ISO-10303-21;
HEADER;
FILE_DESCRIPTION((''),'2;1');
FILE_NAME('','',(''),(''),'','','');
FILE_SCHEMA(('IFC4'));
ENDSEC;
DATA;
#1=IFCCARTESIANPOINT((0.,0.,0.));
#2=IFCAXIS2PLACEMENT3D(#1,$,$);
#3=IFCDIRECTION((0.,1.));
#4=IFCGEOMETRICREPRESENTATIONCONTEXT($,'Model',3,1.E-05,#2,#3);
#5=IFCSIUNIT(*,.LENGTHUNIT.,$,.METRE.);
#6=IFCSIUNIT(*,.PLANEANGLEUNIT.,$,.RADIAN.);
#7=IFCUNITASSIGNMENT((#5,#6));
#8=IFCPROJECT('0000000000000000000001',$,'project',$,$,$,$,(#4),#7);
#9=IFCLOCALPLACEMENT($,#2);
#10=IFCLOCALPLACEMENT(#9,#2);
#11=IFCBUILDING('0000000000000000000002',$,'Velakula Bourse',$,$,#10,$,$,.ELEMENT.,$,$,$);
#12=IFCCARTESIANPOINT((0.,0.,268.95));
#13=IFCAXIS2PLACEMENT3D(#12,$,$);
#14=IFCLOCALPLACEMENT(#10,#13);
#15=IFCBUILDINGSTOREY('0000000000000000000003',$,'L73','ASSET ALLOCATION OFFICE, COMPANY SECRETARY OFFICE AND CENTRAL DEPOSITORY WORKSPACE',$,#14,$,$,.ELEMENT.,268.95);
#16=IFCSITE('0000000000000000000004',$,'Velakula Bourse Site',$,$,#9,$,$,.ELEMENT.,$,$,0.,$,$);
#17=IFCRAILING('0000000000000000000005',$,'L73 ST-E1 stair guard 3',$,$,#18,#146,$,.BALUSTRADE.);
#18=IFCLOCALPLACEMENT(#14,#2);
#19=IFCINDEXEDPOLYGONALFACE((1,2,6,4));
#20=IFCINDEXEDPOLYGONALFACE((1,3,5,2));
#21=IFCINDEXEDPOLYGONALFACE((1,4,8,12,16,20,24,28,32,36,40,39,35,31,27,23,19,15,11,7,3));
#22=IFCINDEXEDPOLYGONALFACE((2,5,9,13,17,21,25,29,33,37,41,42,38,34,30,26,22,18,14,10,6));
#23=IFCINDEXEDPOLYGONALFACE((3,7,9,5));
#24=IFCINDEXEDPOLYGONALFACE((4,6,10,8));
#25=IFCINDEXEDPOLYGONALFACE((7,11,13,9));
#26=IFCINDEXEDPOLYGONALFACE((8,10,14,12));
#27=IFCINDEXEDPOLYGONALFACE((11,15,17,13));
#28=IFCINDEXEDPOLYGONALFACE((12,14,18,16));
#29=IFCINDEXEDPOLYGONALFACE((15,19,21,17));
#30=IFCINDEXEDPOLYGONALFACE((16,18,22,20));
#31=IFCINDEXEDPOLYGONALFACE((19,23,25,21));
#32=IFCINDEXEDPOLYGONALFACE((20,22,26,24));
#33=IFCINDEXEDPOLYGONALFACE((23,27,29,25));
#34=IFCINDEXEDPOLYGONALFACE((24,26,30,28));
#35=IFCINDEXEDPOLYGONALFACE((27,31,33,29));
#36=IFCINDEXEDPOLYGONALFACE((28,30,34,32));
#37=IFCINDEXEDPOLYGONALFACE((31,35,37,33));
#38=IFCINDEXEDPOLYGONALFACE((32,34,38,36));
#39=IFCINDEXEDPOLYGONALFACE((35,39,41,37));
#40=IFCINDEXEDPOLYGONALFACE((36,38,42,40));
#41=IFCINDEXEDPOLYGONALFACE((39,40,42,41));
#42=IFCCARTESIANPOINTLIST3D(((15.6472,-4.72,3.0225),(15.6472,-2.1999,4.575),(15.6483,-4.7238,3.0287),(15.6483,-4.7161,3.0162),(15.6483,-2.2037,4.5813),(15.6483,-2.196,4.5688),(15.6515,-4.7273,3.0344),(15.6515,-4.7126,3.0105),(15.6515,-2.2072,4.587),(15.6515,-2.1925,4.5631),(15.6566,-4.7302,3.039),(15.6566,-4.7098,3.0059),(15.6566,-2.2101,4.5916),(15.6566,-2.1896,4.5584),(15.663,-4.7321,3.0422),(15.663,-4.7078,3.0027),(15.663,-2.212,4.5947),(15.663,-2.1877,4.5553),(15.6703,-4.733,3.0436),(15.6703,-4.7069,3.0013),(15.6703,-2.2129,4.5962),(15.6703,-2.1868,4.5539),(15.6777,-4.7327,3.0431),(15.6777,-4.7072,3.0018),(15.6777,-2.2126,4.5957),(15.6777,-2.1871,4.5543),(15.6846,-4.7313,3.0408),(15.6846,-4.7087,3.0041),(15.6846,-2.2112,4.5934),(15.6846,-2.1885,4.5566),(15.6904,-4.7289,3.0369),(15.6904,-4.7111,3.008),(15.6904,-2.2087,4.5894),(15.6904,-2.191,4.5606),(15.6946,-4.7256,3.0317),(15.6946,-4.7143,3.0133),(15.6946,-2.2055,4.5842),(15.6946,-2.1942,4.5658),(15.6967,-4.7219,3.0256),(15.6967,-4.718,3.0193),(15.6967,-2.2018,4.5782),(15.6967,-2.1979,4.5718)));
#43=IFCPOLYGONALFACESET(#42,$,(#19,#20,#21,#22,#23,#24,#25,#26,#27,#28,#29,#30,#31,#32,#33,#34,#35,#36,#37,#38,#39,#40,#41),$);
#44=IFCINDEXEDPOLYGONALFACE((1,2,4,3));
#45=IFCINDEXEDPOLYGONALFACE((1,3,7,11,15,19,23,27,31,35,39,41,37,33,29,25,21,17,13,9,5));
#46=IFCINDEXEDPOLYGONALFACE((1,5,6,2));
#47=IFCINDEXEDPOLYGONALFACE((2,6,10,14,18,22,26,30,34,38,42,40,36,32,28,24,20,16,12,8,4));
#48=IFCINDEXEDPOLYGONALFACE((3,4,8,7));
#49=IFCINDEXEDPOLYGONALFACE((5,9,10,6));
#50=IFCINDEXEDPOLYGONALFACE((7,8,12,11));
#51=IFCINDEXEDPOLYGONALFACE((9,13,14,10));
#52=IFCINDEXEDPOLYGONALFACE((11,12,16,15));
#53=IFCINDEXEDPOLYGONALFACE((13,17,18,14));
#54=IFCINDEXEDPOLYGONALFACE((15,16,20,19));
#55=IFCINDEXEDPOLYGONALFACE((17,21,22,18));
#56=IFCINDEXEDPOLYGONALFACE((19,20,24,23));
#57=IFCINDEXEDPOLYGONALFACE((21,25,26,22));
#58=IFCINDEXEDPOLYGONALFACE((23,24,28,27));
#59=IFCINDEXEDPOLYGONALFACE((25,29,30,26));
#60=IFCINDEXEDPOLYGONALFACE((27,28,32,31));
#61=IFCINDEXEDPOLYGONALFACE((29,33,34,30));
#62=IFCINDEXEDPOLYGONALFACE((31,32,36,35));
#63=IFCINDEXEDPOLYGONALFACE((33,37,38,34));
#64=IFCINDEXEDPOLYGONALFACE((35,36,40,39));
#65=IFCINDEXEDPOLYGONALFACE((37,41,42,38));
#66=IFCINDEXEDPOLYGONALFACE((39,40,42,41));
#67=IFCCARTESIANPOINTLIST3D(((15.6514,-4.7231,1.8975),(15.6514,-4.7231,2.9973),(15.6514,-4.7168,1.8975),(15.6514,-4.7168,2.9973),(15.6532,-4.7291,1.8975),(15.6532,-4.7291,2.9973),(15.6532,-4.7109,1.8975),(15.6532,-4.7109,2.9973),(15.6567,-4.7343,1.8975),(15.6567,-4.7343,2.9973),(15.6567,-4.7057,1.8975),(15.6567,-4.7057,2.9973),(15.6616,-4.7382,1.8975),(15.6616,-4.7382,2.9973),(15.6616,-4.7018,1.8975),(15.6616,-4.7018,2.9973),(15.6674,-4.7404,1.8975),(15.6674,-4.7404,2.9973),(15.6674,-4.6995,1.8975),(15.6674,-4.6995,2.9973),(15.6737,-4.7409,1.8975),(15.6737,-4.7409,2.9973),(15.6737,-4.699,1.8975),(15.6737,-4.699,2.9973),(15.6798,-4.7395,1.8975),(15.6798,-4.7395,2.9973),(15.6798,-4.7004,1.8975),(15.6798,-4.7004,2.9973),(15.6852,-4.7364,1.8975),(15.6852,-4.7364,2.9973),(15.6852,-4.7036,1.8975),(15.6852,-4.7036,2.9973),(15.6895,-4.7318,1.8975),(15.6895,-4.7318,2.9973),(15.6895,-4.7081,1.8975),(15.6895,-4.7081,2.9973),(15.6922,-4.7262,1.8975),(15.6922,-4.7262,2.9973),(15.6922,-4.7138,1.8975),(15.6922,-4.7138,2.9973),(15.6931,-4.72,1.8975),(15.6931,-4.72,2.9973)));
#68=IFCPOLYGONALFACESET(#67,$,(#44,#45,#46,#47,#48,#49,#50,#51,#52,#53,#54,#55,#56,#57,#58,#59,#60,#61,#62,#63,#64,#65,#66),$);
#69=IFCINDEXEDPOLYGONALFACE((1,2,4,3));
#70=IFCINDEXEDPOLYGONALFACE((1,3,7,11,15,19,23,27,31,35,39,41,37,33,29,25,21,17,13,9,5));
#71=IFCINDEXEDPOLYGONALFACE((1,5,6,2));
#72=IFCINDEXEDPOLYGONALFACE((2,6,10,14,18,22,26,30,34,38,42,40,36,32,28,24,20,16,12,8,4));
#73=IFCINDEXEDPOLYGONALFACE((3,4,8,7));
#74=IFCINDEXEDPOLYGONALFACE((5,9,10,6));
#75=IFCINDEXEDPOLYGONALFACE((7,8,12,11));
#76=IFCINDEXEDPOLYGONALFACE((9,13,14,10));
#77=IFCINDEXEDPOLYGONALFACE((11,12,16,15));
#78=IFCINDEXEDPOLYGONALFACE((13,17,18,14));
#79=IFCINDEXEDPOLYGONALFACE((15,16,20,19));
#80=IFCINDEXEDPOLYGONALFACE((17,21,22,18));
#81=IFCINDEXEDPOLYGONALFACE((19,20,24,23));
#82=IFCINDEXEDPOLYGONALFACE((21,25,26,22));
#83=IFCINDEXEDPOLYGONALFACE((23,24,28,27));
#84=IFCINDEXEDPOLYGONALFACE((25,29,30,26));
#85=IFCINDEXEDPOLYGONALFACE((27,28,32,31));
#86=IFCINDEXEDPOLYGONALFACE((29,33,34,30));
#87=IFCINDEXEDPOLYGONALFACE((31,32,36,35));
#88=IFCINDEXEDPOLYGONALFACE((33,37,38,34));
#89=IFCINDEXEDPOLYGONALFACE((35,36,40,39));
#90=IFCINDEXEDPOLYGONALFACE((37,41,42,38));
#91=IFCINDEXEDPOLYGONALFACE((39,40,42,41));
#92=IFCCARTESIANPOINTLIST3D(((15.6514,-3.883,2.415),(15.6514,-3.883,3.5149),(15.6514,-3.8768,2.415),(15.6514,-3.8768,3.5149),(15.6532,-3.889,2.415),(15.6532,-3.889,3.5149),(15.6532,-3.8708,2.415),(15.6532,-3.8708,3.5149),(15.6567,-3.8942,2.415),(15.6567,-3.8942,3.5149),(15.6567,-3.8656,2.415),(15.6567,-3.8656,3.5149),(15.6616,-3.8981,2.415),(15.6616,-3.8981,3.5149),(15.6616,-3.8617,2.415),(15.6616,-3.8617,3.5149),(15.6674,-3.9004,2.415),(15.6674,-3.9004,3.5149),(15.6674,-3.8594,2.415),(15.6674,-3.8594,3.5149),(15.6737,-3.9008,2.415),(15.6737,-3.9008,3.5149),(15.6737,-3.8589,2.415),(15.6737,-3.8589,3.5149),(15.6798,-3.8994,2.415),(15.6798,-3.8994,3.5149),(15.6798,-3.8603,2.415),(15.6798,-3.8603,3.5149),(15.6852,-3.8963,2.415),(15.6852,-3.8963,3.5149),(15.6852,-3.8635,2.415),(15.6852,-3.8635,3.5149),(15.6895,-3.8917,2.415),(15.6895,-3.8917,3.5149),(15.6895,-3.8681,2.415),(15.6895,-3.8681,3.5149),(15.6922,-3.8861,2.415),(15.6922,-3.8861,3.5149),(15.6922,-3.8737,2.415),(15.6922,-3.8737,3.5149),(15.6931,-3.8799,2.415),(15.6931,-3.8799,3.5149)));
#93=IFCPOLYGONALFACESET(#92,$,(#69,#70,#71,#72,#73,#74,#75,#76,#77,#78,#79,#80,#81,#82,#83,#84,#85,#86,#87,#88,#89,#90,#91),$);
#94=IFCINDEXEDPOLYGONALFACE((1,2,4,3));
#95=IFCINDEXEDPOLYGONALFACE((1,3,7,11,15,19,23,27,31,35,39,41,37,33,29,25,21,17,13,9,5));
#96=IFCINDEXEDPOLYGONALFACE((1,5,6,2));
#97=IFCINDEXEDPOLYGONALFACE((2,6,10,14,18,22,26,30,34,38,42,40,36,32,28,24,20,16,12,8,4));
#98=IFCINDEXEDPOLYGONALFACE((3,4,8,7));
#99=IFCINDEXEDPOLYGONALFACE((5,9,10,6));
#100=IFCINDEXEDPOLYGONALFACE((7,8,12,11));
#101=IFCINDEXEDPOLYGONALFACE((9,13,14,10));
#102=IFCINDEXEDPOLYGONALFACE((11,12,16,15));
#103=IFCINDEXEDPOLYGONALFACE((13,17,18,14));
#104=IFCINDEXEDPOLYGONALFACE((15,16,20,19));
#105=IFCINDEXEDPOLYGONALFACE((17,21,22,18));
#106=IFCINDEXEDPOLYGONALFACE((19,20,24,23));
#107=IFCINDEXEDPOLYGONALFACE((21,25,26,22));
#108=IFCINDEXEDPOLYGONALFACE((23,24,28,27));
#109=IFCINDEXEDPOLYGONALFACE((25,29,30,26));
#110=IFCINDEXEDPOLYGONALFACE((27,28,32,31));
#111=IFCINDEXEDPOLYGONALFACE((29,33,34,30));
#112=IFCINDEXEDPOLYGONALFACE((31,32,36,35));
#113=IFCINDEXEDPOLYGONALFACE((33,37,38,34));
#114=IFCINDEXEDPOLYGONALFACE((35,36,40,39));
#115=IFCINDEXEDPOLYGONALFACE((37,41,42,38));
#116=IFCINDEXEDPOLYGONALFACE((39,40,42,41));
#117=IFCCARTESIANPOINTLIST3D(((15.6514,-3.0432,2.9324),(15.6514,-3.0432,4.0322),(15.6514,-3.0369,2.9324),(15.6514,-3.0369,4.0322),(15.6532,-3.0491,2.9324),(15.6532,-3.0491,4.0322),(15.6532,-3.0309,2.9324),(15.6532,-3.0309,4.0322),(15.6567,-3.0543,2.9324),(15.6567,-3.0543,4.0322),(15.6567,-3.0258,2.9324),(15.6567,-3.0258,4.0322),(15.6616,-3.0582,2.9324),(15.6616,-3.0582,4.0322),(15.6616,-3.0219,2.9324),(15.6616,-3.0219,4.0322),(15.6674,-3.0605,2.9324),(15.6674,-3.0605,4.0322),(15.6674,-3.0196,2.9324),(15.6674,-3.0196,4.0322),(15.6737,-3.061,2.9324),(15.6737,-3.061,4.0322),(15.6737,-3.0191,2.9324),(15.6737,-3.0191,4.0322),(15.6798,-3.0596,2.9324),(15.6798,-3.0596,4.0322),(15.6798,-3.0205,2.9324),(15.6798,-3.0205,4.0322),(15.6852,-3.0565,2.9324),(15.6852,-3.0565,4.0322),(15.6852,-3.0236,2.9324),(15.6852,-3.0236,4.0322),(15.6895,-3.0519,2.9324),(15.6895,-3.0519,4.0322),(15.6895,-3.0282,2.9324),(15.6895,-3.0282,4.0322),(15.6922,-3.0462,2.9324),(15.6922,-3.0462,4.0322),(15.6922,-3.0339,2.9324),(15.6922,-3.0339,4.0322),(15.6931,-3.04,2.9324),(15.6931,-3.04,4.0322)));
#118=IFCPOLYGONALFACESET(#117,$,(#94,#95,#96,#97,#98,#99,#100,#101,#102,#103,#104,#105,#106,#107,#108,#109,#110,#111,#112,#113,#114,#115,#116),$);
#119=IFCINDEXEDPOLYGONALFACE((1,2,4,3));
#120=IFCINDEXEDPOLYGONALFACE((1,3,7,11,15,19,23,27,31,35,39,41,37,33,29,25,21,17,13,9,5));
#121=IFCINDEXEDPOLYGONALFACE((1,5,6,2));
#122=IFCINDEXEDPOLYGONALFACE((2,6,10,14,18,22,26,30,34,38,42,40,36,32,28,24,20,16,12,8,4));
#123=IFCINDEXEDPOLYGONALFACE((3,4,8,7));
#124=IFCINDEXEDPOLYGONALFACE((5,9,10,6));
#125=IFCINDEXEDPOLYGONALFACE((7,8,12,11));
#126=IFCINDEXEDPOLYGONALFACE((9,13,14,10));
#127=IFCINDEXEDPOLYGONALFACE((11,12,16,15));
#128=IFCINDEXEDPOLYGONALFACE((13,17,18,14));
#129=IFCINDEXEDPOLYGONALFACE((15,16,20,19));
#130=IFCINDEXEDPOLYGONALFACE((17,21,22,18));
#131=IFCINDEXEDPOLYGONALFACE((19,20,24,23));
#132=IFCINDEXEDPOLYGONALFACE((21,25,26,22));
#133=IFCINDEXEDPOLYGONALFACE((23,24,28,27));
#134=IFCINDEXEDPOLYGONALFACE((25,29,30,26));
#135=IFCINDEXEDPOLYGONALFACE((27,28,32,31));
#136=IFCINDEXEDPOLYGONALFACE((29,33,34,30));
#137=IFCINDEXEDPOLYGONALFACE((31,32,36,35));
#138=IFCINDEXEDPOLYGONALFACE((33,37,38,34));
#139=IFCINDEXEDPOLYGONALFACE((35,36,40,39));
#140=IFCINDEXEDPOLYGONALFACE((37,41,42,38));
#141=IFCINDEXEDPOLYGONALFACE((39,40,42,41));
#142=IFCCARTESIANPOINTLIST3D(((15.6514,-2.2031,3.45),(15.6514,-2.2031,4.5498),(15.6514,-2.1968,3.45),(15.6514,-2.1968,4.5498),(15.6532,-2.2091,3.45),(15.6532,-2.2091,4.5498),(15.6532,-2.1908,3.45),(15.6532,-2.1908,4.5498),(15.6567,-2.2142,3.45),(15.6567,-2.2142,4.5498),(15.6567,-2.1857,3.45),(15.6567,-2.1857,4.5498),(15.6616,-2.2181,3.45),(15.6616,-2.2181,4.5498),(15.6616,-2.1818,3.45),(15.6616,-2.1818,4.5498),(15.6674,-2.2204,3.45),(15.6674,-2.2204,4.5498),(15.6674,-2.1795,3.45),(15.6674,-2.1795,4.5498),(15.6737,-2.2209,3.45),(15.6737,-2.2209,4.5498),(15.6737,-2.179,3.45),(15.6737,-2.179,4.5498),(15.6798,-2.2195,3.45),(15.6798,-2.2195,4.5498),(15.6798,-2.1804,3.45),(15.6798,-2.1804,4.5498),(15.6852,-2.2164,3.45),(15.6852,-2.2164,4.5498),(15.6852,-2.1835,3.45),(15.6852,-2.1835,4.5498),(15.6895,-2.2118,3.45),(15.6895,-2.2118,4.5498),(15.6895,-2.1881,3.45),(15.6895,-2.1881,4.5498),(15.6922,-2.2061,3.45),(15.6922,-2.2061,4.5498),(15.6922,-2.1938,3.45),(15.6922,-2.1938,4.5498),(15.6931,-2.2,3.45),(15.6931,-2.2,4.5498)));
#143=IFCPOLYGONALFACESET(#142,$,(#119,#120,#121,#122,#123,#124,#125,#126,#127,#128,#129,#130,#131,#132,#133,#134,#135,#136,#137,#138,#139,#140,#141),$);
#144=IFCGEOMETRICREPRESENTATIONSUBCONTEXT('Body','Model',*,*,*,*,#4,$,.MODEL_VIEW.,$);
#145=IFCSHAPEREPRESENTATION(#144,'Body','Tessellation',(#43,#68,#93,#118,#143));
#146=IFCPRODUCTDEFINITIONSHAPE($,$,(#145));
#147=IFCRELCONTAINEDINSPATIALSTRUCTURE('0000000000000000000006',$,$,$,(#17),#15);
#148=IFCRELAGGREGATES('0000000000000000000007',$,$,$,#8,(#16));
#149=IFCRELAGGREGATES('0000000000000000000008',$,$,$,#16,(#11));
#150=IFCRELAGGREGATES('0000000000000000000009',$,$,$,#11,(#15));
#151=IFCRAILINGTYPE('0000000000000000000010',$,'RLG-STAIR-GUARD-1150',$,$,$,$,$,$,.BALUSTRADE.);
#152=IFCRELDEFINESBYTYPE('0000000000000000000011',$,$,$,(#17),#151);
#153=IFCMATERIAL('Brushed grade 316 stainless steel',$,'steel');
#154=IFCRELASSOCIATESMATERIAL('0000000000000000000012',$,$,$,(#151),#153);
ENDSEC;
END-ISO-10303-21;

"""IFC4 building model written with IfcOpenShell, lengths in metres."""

from ifc_helpers import new_model, si_unit, direction, frame, origin, origin_2d, place, context, subcontext, project, spatial, circle, extrude, material, type_object, element, save


model = new_model("IFC4")

# Units and contexts
model_context = context("Model", 3, precision=1e-05, world=origin(), true_north=direction((0.0, 1.0)))
body_context = subcontext(model_context, "Body", "Model", "MODEL_VIEW")
ifc_project = project(units=[si_unit("LENGTHUNIT", "METRE"), si_unit("PLANEANGLEUNIT", "RADIAN")], contexts=[model_context])

# Site, building, storey
site_placement = place(None, origin())
site = spatial("IfcSite", under=ifc_project, at=site_placement, Name="Velakula Bourse Site", CompositionType="ELEMENT", RefElevation=0.0)
building_placement = place(site_placement, origin())
building = spatial("IfcBuilding", under=site, at=building_placement, Name="Velakula Bourse", CompositionType="ELEMENT")
storey_placement = place(building_placement, frame((0.0, 0.0, 268.95)))
storey = spatial("IfcBuildingStorey", under=building, at=storey_placement, Name="L73", Description="ASSET ALLOCATION OFFICE, COMPANY SECRETARY OFFICE AND CENTRAL DEPOSITORY WORKSPACE", CompositionType="ELEMENT", Elevation=268.95)

# Shared definitions
ifc_material_1 = material(Name="Brushed grade 316 stainless steel", Category="steel")

# Railing
railing_type_1 = type_object("IfcRailingType", Name="RLG-STAIR-GUARD-1150", PredefinedType="BALUSTRADE", material=ifc_material_1)
railing_1_placement = place(storey_placement, frame((15.6721, -4.72, 1.8975)))
element("IfcRailing", 1, at=railing_1_placement, inside=storey, type_object=railing_type_1, Name="L73 ST-E1 stair guard 3", PredefinedType="BALUSTRADE", context=body_context, shape_type="SweptSolid", body=[
    extrude(circle(Radius=0.0249, at=origin_2d()), frame((0.0, 0.0, 1.125), z_axis=(0.0, 0.8514, 0.524516), x_axis=(-1.0, 0.0, 0.0)), (0.0, 0.0, 1.0), 2.96),
    extrude(circle(Radius=0.021, at=origin_2d()), origin(), (0.0, 0.0, 1.0), 1.0999),
    extrude(circle(Radius=0.021, at=origin_2d()), frame((0.0, 0.8401, 0.5176)), (0.0, 0.0, 1.0), 1.0999),
    extrude(circle(Radius=0.021, at=origin_2d()), frame((0.0, 1.6799, 1.0349)), (0.0, 0.0, 1.0), 1.0999),
    extrude(circle(Radius=0.021, at=origin_2d()), frame((0.0, 2.52, 1.5525)), (0.0, 0.0, 1.0), 1.0999),
])

save(model, "model.ifc")
